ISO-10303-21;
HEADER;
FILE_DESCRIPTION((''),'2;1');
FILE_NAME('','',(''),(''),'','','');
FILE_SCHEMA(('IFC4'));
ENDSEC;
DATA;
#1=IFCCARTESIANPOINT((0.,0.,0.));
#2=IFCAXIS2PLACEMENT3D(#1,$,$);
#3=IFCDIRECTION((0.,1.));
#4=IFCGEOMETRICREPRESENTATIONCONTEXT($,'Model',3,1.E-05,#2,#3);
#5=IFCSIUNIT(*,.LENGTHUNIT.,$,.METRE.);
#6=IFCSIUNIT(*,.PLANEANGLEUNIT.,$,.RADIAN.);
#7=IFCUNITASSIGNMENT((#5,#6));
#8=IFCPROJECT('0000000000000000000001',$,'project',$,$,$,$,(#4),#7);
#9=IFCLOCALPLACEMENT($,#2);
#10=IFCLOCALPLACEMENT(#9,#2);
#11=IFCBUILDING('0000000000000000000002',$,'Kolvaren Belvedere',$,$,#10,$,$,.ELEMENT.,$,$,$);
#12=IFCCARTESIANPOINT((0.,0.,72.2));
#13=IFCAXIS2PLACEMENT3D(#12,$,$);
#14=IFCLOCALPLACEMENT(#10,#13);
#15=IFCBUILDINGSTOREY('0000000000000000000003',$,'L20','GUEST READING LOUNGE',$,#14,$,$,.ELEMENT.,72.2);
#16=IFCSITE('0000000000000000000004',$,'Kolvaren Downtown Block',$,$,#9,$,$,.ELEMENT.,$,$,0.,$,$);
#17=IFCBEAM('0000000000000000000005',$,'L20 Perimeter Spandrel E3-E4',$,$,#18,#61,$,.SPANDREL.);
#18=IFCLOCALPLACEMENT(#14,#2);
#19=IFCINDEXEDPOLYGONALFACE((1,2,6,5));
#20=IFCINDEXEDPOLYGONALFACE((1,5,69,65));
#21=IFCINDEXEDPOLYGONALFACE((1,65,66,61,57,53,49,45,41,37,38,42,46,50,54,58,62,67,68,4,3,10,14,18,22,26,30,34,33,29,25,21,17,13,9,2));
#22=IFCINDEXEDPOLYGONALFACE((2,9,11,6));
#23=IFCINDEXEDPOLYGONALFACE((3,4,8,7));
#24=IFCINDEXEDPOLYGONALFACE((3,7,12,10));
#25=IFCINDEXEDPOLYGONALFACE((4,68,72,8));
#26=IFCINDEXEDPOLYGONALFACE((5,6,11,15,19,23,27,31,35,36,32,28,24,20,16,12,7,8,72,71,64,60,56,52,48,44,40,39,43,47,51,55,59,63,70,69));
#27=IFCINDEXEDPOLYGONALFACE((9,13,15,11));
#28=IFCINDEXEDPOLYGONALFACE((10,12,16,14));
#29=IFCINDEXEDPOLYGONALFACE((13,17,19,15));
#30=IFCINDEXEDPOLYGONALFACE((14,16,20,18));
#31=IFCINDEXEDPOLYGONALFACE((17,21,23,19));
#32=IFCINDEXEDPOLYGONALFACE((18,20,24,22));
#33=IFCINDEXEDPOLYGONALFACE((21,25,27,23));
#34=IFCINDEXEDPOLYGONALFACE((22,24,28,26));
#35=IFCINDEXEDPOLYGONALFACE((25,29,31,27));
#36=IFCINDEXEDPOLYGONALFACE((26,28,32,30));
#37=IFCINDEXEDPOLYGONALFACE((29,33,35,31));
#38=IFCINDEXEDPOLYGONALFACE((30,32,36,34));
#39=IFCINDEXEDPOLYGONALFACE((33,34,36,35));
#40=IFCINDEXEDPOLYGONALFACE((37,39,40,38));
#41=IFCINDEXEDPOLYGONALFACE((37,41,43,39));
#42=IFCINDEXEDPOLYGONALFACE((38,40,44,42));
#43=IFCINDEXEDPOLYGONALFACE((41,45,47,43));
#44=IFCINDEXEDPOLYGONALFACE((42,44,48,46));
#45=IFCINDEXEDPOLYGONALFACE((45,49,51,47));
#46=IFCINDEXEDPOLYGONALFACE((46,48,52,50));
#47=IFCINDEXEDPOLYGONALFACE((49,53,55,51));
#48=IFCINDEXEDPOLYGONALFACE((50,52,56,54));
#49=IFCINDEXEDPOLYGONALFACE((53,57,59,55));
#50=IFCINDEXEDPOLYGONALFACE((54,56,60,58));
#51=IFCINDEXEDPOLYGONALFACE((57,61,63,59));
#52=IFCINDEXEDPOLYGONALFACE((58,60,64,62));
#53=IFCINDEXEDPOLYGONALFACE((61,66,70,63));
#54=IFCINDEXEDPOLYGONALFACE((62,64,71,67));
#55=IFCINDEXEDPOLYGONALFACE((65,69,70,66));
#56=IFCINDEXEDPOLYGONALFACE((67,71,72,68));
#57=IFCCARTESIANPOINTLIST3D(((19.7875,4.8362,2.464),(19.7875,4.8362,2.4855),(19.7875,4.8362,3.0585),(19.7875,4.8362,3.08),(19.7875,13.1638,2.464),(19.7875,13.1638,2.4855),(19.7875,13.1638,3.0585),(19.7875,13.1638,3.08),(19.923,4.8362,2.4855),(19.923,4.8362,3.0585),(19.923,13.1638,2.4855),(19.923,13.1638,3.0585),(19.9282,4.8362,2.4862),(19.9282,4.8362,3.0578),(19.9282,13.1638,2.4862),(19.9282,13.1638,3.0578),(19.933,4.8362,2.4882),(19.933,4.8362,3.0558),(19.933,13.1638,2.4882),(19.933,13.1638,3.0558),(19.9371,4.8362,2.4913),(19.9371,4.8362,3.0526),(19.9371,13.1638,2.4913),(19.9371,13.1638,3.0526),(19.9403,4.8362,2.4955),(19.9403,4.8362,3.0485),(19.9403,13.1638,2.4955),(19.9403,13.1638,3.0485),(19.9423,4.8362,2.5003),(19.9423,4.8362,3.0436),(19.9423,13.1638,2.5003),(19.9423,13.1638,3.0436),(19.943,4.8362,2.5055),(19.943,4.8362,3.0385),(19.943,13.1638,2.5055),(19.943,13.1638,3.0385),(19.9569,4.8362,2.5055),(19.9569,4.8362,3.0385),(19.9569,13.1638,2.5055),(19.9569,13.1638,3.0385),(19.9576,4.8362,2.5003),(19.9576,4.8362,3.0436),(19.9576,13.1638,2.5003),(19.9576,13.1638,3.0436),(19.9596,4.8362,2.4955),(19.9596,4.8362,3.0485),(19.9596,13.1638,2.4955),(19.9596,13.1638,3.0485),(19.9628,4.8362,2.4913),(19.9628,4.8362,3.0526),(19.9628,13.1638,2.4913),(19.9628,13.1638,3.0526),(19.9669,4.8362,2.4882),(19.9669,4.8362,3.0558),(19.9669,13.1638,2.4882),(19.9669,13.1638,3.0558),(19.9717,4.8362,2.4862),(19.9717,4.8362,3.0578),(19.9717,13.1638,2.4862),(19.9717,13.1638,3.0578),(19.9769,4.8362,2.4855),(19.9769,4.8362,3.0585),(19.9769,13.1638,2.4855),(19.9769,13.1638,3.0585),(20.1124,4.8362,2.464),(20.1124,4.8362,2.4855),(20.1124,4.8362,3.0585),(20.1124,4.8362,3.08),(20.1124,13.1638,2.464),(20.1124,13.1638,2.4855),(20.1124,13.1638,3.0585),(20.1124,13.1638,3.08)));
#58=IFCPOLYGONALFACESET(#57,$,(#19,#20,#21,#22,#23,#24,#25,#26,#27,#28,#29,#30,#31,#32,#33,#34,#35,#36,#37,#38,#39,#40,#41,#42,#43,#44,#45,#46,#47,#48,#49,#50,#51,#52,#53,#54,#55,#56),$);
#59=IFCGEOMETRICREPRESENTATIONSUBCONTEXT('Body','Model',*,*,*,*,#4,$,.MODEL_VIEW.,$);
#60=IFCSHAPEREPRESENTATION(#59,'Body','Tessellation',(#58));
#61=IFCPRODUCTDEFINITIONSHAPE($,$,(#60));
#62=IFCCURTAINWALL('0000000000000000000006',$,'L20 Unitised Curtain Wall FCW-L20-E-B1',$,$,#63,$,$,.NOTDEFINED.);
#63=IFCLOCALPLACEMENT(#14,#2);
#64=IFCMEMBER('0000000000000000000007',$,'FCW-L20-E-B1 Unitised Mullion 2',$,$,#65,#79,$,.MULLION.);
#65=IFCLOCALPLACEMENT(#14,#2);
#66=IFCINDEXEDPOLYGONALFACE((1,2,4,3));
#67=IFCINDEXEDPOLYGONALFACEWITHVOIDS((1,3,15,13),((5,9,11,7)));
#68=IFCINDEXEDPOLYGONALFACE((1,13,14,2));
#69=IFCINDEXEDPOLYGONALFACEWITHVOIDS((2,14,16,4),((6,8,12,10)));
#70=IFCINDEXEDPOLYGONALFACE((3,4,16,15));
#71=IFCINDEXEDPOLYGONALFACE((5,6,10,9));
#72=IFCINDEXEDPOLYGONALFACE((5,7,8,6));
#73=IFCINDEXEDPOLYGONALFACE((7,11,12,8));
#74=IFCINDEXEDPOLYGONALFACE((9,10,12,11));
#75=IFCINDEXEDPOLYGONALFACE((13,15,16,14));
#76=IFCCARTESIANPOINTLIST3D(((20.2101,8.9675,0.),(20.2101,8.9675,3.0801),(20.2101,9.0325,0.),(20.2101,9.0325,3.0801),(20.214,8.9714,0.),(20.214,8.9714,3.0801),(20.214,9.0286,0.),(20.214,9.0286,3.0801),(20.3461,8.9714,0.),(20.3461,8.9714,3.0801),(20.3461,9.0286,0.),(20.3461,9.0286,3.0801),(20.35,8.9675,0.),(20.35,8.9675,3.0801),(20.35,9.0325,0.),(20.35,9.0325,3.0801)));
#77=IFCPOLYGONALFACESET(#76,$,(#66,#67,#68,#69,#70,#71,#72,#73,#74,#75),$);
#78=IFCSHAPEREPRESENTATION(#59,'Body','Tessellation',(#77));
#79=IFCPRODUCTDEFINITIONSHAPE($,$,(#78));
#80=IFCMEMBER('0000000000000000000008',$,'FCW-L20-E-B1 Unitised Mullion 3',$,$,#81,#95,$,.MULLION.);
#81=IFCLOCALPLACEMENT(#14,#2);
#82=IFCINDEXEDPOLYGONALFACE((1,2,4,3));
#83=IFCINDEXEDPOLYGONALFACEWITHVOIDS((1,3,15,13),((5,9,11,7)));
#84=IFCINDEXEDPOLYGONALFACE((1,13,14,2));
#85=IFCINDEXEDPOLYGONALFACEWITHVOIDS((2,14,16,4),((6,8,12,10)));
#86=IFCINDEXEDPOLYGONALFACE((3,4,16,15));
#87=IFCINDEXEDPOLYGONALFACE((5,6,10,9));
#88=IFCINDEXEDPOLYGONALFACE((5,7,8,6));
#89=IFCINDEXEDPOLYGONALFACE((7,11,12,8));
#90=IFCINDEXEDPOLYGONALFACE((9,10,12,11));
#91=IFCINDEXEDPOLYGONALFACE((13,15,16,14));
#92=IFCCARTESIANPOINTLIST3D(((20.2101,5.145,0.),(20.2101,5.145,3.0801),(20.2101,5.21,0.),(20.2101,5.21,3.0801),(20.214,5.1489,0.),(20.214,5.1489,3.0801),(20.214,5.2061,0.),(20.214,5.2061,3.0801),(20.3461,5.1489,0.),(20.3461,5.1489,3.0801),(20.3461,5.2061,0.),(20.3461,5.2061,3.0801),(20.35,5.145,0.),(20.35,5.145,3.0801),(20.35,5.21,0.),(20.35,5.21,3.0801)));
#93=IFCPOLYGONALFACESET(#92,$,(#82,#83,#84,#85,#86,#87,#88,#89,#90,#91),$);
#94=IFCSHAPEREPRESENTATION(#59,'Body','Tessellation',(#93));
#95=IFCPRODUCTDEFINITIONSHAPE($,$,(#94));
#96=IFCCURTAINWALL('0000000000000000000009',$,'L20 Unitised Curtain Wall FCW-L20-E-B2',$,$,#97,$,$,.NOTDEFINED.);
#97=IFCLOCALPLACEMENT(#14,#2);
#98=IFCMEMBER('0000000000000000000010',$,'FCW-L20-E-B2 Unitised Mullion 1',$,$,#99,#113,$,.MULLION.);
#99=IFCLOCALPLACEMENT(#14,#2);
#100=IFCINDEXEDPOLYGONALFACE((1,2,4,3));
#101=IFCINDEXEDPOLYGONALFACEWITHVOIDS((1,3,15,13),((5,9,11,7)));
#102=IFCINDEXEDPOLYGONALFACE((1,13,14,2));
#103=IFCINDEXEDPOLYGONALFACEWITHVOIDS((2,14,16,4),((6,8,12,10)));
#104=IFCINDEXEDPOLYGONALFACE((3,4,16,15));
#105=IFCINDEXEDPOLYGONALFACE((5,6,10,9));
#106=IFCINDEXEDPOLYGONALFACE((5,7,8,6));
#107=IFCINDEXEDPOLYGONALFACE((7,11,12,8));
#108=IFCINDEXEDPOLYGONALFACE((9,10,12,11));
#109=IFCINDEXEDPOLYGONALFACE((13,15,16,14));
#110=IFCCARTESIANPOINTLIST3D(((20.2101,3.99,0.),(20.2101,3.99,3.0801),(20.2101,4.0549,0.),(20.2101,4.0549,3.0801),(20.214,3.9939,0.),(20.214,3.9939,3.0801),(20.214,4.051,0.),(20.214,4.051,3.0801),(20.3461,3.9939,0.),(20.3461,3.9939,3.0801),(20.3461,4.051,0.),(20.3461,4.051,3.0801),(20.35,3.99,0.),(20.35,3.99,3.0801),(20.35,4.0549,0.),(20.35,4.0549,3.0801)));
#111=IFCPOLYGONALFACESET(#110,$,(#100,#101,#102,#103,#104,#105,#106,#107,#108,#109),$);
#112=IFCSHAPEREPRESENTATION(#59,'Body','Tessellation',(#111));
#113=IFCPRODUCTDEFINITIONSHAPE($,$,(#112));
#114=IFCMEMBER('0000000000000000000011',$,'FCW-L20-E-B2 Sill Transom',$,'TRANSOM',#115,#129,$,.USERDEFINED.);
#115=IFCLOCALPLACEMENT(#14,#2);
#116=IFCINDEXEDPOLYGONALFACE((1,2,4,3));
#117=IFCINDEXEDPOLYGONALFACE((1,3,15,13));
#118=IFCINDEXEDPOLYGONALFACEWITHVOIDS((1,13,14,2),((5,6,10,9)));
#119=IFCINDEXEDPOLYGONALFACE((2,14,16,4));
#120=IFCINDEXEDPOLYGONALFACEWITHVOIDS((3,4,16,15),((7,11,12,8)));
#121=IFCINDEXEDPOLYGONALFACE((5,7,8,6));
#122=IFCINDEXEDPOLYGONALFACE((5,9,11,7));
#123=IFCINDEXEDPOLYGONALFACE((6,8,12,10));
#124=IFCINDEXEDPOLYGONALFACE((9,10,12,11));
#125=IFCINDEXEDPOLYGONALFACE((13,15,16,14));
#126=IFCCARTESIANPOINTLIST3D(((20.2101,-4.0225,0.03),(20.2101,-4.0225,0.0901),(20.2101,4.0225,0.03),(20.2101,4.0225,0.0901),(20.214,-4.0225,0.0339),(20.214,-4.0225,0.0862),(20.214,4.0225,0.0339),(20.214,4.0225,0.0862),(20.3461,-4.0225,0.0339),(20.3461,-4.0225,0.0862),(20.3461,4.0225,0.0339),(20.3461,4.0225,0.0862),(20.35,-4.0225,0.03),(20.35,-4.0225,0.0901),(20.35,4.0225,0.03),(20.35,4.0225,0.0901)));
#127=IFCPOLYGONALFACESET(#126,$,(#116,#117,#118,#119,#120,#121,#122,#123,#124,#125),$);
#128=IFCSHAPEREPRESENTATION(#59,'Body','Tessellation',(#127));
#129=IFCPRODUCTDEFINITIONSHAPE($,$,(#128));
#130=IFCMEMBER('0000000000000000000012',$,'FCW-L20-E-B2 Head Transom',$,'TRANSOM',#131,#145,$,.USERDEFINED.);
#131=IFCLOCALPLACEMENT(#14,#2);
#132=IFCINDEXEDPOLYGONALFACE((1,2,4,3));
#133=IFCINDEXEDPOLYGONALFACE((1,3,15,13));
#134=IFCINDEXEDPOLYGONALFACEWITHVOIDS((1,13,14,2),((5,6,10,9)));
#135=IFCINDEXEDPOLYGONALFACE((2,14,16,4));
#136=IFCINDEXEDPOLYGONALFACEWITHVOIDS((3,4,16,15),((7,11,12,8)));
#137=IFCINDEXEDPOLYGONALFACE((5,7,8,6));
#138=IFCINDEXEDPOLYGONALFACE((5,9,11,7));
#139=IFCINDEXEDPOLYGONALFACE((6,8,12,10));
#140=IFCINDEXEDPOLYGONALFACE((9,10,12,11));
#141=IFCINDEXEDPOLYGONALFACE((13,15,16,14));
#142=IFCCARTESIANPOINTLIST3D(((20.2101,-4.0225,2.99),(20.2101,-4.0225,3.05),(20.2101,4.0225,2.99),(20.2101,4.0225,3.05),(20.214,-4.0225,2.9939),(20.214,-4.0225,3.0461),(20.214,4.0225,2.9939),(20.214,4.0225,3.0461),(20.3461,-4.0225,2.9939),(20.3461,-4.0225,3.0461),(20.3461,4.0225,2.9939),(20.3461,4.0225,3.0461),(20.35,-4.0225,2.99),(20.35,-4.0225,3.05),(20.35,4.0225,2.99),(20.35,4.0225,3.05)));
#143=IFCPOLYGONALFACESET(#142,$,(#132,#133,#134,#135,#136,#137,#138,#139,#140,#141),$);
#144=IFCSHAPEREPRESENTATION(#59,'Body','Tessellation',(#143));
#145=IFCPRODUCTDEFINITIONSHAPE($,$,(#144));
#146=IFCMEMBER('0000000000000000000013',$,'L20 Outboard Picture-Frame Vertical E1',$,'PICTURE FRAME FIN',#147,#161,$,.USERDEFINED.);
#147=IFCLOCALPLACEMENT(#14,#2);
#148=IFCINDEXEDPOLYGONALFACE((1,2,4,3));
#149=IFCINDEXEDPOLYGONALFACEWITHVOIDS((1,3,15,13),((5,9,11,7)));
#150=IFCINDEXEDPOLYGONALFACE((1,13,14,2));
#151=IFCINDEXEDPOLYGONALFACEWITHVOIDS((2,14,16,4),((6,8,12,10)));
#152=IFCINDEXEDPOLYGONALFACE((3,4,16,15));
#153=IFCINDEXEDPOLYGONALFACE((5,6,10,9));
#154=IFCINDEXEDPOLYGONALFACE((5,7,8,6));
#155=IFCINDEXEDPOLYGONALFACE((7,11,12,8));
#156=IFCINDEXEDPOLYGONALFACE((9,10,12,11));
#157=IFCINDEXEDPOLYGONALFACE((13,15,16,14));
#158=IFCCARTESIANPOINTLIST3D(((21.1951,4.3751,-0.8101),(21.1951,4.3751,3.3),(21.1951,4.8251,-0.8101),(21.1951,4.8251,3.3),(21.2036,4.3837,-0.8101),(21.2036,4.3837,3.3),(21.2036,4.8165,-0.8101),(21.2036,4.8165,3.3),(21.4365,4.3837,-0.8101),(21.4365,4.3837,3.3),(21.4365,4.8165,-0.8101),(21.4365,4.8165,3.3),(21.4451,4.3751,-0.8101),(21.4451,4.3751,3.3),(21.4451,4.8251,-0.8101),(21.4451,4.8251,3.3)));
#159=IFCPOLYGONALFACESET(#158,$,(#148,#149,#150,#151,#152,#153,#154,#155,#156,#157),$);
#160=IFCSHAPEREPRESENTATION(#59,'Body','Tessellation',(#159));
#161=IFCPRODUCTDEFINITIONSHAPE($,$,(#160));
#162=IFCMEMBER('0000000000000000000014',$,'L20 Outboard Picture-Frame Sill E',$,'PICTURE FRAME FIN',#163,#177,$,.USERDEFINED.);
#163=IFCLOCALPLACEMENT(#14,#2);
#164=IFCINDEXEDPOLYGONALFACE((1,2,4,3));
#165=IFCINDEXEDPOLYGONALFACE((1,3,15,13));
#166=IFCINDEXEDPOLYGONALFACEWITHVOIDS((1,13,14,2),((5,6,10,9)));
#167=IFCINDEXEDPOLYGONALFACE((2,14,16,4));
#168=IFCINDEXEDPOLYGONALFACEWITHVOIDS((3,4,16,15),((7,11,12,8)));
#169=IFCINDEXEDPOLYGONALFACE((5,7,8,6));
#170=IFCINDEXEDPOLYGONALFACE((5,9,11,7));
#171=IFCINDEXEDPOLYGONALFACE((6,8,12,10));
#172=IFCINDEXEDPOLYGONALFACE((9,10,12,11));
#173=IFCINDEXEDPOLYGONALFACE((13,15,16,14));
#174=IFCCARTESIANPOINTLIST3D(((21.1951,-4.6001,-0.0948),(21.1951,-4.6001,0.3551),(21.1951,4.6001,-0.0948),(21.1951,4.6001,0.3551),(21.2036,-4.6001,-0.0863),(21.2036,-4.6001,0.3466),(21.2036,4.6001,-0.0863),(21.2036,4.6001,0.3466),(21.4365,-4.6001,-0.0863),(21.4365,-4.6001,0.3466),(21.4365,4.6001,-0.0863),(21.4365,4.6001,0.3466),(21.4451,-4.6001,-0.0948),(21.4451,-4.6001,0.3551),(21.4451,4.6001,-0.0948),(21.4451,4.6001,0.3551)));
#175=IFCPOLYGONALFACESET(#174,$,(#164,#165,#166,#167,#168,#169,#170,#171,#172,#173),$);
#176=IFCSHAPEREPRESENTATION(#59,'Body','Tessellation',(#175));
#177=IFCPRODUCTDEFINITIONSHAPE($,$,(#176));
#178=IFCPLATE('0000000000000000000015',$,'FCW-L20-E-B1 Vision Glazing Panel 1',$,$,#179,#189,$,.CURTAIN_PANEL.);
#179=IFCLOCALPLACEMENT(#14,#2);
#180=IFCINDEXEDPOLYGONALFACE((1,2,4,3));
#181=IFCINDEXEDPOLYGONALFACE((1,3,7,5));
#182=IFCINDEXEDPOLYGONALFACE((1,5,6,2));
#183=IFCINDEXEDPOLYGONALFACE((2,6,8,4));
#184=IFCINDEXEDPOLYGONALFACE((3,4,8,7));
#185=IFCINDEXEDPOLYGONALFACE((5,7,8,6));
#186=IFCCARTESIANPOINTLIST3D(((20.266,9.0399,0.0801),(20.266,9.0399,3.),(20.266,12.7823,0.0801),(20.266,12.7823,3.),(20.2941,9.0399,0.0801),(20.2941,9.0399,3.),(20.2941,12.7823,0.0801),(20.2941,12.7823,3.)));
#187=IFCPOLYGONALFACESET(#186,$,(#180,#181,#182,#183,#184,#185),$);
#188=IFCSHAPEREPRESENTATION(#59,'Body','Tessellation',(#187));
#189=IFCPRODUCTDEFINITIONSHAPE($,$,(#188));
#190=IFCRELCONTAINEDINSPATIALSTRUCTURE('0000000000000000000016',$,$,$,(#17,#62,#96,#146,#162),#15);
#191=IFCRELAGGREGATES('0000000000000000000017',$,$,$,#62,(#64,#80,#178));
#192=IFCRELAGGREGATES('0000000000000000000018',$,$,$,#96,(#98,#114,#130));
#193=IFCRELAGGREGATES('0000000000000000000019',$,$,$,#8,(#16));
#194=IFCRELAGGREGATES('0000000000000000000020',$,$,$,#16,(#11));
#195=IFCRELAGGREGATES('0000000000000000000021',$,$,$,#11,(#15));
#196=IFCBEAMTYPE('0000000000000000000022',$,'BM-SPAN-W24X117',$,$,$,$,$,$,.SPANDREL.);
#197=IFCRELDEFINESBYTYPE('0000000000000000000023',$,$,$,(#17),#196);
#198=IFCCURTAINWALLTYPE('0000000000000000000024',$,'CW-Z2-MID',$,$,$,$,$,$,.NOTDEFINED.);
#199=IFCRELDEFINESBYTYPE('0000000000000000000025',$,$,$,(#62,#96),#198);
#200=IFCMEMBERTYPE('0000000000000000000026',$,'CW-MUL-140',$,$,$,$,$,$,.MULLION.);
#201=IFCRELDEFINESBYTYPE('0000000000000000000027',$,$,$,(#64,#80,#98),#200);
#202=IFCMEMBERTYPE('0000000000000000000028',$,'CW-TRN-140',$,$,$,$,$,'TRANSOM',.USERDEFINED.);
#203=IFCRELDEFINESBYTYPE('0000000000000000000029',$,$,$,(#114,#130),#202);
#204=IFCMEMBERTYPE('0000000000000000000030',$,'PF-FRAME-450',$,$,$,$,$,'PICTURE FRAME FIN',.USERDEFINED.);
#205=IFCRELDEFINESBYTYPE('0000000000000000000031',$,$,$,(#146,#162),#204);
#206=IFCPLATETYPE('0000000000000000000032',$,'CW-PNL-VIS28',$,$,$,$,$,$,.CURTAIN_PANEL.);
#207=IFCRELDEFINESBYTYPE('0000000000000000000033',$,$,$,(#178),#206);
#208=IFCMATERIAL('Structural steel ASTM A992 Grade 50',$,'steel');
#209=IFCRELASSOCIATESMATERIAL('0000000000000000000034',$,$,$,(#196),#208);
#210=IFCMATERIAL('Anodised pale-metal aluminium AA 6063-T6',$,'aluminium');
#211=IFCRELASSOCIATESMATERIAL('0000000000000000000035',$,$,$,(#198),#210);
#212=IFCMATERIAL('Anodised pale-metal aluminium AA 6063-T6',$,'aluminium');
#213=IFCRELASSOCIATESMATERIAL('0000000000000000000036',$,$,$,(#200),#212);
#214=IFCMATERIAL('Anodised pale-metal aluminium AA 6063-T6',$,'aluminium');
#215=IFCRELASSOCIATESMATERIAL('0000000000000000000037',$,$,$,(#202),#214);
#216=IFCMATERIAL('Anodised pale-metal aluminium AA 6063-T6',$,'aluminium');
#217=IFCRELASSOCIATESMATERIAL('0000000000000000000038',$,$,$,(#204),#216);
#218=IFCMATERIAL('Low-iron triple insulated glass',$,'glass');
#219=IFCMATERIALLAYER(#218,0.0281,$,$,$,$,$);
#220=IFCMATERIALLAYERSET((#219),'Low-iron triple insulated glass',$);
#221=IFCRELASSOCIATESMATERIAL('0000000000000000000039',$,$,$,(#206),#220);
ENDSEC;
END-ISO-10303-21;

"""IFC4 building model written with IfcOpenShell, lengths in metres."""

from ifc_helpers import new_model, si_unit, direction, frame, origin, origin_2d, place, context, subcontext, project, spatial, rectangle, hollow_rectangle, i_section, extrude, material, layer, layer_set, material_profile, profile_set, type_object, element, aggregate, save


model = new_model("IFC4")

# Units and contexts
model_context = context("Model", 3, precision=1e-05, world=origin(), true_north=direction((0.0, 1.0)))
body_context = subcontext(model_context, "Body", "Model", "MODEL_VIEW")
ifc_project = project(units=[si_unit("LENGTHUNIT", "METRE"), si_unit("PLANEANGLEUNIT", "RADIAN")], contexts=[model_context])

# Site, building, storey
site_placement = place(None, origin())
site = spatial("IfcSite", under=ifc_project, at=site_placement, Name="Kolvaren Downtown Block", CompositionType="ELEMENT", RefElevation=0.0)
building_placement = place(site_placement, origin())
building = spatial("IfcBuilding", under=site, at=building_placement, Name="Kolvaren Belvedere", CompositionType="ELEMENT")
storey_placement = place(building_placement, frame((0.0, 0.0, 72.2)))
storey = spatial("IfcBuildingStorey", under=building, at=storey_placement, Name="L20", Description="GUEST READING LOUNGE", CompositionType="ELEMENT", Elevation=72.2)

# Beam
ifc_material_1 = material(Name="Structural steel ASTM A992 Grade 50", Category="steel")
ifc_material_profile_1 = material_profile(ifc_material_1, i_section(OverallWidth=0.325, OverallDepth=0.616, WebThickness=0.0139, FlangeThickness=0.0215, FilletRadius=0.02, at=origin_2d()), Name="W24X117")
ifc_profile_set_1 = profile_set([ifc_material_profile_1], Name="Structural steel ASTM A992 Grade 50")
beam_type_1 = type_object("IfcBeamType", Name="BM-SPAN-W24X117", PredefinedType="SPANDREL", material=ifc_profile_set_1)
beam_1_placement = place(storey_placement, frame((19.95, 4.8362, 2.772), z_axis=(0.0, 1.0, 0.0), x_axis=(-1.0, 0.0, 0.0)))
element("IfcBeam", 1, at=beam_1_placement, inside=storey, type_object=beam_type_1, Name="L20 Perimeter Spandrel E3-E4", PredefinedType="SPANDREL", context=body_context, shape_type="SweptSolid", body=[
    extrude(i_section(OverallWidth=0.325, OverallDepth=0.616, WebThickness=0.0139, FlangeThickness=0.0215, FilletRadius=0.02, at=origin_2d()), origin(), (0.0, 0.0, 1.0), 8.3276),
])

# Curtain walls, members
ifc_material_2 = material(Name="Anodised pale-metal aluminium AA 6063-T6", Category="aluminium")
curtain_wall_type = type_object("IfcCurtainWallType", Name="CW-Z2-MID", PredefinedType="NOTDEFINED", material=ifc_material_2)
curtain_wall_1_placement = place(storey_placement, origin())
curtain_wall_1 = element("IfcCurtainWall", 2, at=curtain_wall_1_placement, inside=storey, type_object=curtain_wall_type, Name="L20 Unitised Curtain Wall FCW-L20-E-B1", PredefinedType="NOTDEFINED")
ifc_material_3 = material(Name="Anodised pale-metal aluminium AA 6063-T6", Category="aluminium")
ifc_material_profile_2 = material_profile(ifc_material_3, hollow_rectangle(XDim=0.0649, YDim=0.1399, WallThickness=0.0039, at=origin_2d()), Name="ALU-MUL-140X65")
ifc_profile_set_2 = profile_set([ifc_material_profile_2], Name="Anodised pale-metal aluminium AA 6063-T6")
member_type_1 = type_object("IfcMemberType", Name="CW-MUL-140", PredefinedType="MULLION", material=ifc_profile_set_2)
member_1_placement = place(storey_placement, frame((20.28, 9.0, 0.0), z_axis=(0.0, 0.0, 1.0), x_axis=(0.0, 1.0, 0.0)))
member_1 = element("IfcMember", 3, at=member_1_placement, type_object=member_type_1, Name="FCW-L20-E-B1 Unitised Mullion 2", PredefinedType="MULLION", context=body_context, shape_type="SweptSolid", body=[
    extrude(hollow_rectangle(XDim=0.0649, YDim=0.1399, WallThickness=0.0039, at=origin_2d()), origin(), (0.0, 0.0, 1.0), 3.0801),
])
member_2_placement = place(storey_placement, frame((20.28, 5.1775, 0.0), z_axis=(0.0, 0.0, 1.0), x_axis=(0.0, 1.0, 0.0)))
member_2 = element("IfcMember", 4, at=member_2_placement, type_object=member_type_1, Name="FCW-L20-E-B1 Unitised Mullion 3", PredefinedType="MULLION", context=body_context, shape_type="SweptSolid", body=[
    extrude(hollow_rectangle(XDim=0.0649, YDim=0.1399, WallThickness=0.0039, at=origin_2d()), origin(), (0.0, 0.0, 1.0), 3.0801),
])
curtain_wall_2_placement = place(storey_placement, origin())
curtain_wall_2 = element("IfcCurtainWall", 5, at=curtain_wall_2_placement, inside=storey, type_object=curtain_wall_type, Name="L20 Unitised Curtain Wall FCW-L20-E-B2", PredefinedType="NOTDEFINED")
member_3_placement = place(storey_placement, frame((20.28, 4.0225, 0.0), z_axis=(0.0, 0.0, 1.0), x_axis=(0.0, 1.0, 0.0)))
member_3 = element("IfcMember", 6, at=member_3_placement, type_object=member_type_1, Name="FCW-L20-E-B2 Unitised Mullion 1", PredefinedType="MULLION", context=body_context, shape_type="SweptSolid", body=[
    extrude(hollow_rectangle(XDim=0.0649, YDim=0.1399, WallThickness=0.0039, at=origin_2d()), origin(), (0.0, 0.0, 1.0), 3.0801),
])
ifc_material_4 = material(Name="Anodised pale-metal aluminium AA 6063-T6", Category="aluminium")
ifc_material_profile_3 = material_profile(ifc_material_4, hollow_rectangle(XDim=0.0601, YDim=0.1399, WallThickness=0.0039, at=origin_2d()), Name="ALU-TRN-140X60")
ifc_profile_set_3 = profile_set([ifc_material_profile_3], Name="Anodised pale-metal aluminium AA 6063-T6")
member_type_2 = type_object("IfcMemberType", Name="CW-TRN-140", ElementType="TRANSOM", PredefinedType="USERDEFINED", material=ifc_profile_set_3)
member_4_placement = place(storey_placement, frame((20.28, 4.0225, 0.0601), z_axis=(0.0, -1.0, 0.0), x_axis=(0.0, 0.0, 1.0)))
member_4 = element("IfcMember", 7, at=member_4_placement, type_object=member_type_2, Name="FCW-L20-E-B2 Sill Transom", ObjectType="TRANSOM", PredefinedType="USERDEFINED", context=body_context, shape_type="SweptSolid", body=[
    extrude(hollow_rectangle(XDim=0.0601, YDim=0.1399, WallThickness=0.0039, at=origin_2d()), origin(), (0.0, 0.0, 1.0), 8.0449),
])
member_5_placement = place(storey_placement, frame((20.28, 4.0225, 3.02), z_axis=(0.0, -1.0, 0.0), x_axis=(0.0, 0.0, 1.0)))
member_5 = element("IfcMember", 8, at=member_5_placement, type_object=member_type_2, Name="FCW-L20-E-B2 Head Transom", ObjectType="TRANSOM", PredefinedType="USERDEFINED", context=body_context, shape_type="SweptSolid", body=[
    extrude(hollow_rectangle(XDim=0.0601, YDim=0.1399, WallThickness=0.0039, at=origin_2d()), origin(), (0.0, 0.0, 1.0), 8.0449),
])

# Members
ifc_material_5 = material(Name="Anodised pale-metal aluminium AA 6063-T6", Category="aluminium")
ifc_material_profile_4 = material_profile(ifc_material_5, hollow_rectangle(XDim=0.25, YDim=0.45, WallThickness=0.0085, at=origin_2d()), Name="ALU-PF-450X250")
ifc_profile_set_4 = profile_set([ifc_material_profile_4], Name="Anodised pale-metal aluminium AA 6063-T6")
member_type_3 = type_object("IfcMemberType", Name="PF-FRAME-450", ElementType="PICTURE FRAME FIN", PredefinedType="USERDEFINED", material=ifc_profile_set_4)
member_6_placement = place(storey_placement, frame((21.3201, 4.6001, -0.8101), z_axis=(0.0, 0.0, 1.0), x_axis=(1.0, 0.0, 0.0)))
element("IfcMember", 9, at=member_6_placement, inside=storey, type_object=member_type_3, Name="L20 Outboard Picture-Frame Vertical E1", ObjectType="PICTURE FRAME FIN", PredefinedType="USERDEFINED", context=body_context, shape_type="SweptSolid", body=[
    extrude(hollow_rectangle(XDim=0.25, YDim=0.45, WallThickness=0.0085, at=origin_2d()), origin(), (0.0, 0.0, 1.0), 4.1101),
])
member_7_placement = place(storey_placement, frame((21.3201, 4.6001, 0.1301), z_axis=(0.0, -1.0, 0.0), x_axis=(1.0, 0.0, 0.0)))
element("IfcMember", 10, at=member_7_placement, inside=storey, type_object=member_type_3, Name="L20 Outboard Picture-Frame Sill E", ObjectType="PICTURE FRAME FIN", PredefinedType="USERDEFINED", context=body_context, shape_type="SweptSolid", body=[
    extrude(hollow_rectangle(XDim=0.25, YDim=0.45, WallThickness=0.0085, at=origin_2d()), origin(), (0.0, 0.0, 1.0), 9.2002),
])

# Plate
ifc_material_6 = material(Name="Low-iron triple insulated glass", Category="glass")
ifc_layer_1 = layer(ifc_material_6, 0.0281)
ifc_layer_set_1 = layer_set([ifc_layer_1], Name="Low-iron triple insulated glass")
plate_type_1 = type_object("IfcPlateType", Name="CW-PNL-VIS28", PredefinedType="CURTAIN_PANEL", material=ifc_layer_set_1)
plate_1_placement = place(storey_placement, frame((20.28, 10.9111, 0.0801), z_axis=(0.0, 0.0, 1.0), x_axis=(0.0, -1.0, 0.0)))
plate_1 = element("IfcPlate", 11, at=plate_1_placement, type_object=plate_type_1, Name="FCW-L20-E-B1 Vision Glazing Panel 1", PredefinedType="CURTAIN_PANEL", context=body_context, shape_type="SweptSolid", body=[
    extrude(rectangle(XDim=3.7424, YDim=0.0281, at=origin_2d()), origin(), (0.0, 0.0, 1.0), 2.9199),
])
aggregate(curtain_wall_1, [member_1, member_2, plate_1])
aggregate(curtain_wall_2, [member_3, member_4, member_5])

save(model, "model.ifc")
